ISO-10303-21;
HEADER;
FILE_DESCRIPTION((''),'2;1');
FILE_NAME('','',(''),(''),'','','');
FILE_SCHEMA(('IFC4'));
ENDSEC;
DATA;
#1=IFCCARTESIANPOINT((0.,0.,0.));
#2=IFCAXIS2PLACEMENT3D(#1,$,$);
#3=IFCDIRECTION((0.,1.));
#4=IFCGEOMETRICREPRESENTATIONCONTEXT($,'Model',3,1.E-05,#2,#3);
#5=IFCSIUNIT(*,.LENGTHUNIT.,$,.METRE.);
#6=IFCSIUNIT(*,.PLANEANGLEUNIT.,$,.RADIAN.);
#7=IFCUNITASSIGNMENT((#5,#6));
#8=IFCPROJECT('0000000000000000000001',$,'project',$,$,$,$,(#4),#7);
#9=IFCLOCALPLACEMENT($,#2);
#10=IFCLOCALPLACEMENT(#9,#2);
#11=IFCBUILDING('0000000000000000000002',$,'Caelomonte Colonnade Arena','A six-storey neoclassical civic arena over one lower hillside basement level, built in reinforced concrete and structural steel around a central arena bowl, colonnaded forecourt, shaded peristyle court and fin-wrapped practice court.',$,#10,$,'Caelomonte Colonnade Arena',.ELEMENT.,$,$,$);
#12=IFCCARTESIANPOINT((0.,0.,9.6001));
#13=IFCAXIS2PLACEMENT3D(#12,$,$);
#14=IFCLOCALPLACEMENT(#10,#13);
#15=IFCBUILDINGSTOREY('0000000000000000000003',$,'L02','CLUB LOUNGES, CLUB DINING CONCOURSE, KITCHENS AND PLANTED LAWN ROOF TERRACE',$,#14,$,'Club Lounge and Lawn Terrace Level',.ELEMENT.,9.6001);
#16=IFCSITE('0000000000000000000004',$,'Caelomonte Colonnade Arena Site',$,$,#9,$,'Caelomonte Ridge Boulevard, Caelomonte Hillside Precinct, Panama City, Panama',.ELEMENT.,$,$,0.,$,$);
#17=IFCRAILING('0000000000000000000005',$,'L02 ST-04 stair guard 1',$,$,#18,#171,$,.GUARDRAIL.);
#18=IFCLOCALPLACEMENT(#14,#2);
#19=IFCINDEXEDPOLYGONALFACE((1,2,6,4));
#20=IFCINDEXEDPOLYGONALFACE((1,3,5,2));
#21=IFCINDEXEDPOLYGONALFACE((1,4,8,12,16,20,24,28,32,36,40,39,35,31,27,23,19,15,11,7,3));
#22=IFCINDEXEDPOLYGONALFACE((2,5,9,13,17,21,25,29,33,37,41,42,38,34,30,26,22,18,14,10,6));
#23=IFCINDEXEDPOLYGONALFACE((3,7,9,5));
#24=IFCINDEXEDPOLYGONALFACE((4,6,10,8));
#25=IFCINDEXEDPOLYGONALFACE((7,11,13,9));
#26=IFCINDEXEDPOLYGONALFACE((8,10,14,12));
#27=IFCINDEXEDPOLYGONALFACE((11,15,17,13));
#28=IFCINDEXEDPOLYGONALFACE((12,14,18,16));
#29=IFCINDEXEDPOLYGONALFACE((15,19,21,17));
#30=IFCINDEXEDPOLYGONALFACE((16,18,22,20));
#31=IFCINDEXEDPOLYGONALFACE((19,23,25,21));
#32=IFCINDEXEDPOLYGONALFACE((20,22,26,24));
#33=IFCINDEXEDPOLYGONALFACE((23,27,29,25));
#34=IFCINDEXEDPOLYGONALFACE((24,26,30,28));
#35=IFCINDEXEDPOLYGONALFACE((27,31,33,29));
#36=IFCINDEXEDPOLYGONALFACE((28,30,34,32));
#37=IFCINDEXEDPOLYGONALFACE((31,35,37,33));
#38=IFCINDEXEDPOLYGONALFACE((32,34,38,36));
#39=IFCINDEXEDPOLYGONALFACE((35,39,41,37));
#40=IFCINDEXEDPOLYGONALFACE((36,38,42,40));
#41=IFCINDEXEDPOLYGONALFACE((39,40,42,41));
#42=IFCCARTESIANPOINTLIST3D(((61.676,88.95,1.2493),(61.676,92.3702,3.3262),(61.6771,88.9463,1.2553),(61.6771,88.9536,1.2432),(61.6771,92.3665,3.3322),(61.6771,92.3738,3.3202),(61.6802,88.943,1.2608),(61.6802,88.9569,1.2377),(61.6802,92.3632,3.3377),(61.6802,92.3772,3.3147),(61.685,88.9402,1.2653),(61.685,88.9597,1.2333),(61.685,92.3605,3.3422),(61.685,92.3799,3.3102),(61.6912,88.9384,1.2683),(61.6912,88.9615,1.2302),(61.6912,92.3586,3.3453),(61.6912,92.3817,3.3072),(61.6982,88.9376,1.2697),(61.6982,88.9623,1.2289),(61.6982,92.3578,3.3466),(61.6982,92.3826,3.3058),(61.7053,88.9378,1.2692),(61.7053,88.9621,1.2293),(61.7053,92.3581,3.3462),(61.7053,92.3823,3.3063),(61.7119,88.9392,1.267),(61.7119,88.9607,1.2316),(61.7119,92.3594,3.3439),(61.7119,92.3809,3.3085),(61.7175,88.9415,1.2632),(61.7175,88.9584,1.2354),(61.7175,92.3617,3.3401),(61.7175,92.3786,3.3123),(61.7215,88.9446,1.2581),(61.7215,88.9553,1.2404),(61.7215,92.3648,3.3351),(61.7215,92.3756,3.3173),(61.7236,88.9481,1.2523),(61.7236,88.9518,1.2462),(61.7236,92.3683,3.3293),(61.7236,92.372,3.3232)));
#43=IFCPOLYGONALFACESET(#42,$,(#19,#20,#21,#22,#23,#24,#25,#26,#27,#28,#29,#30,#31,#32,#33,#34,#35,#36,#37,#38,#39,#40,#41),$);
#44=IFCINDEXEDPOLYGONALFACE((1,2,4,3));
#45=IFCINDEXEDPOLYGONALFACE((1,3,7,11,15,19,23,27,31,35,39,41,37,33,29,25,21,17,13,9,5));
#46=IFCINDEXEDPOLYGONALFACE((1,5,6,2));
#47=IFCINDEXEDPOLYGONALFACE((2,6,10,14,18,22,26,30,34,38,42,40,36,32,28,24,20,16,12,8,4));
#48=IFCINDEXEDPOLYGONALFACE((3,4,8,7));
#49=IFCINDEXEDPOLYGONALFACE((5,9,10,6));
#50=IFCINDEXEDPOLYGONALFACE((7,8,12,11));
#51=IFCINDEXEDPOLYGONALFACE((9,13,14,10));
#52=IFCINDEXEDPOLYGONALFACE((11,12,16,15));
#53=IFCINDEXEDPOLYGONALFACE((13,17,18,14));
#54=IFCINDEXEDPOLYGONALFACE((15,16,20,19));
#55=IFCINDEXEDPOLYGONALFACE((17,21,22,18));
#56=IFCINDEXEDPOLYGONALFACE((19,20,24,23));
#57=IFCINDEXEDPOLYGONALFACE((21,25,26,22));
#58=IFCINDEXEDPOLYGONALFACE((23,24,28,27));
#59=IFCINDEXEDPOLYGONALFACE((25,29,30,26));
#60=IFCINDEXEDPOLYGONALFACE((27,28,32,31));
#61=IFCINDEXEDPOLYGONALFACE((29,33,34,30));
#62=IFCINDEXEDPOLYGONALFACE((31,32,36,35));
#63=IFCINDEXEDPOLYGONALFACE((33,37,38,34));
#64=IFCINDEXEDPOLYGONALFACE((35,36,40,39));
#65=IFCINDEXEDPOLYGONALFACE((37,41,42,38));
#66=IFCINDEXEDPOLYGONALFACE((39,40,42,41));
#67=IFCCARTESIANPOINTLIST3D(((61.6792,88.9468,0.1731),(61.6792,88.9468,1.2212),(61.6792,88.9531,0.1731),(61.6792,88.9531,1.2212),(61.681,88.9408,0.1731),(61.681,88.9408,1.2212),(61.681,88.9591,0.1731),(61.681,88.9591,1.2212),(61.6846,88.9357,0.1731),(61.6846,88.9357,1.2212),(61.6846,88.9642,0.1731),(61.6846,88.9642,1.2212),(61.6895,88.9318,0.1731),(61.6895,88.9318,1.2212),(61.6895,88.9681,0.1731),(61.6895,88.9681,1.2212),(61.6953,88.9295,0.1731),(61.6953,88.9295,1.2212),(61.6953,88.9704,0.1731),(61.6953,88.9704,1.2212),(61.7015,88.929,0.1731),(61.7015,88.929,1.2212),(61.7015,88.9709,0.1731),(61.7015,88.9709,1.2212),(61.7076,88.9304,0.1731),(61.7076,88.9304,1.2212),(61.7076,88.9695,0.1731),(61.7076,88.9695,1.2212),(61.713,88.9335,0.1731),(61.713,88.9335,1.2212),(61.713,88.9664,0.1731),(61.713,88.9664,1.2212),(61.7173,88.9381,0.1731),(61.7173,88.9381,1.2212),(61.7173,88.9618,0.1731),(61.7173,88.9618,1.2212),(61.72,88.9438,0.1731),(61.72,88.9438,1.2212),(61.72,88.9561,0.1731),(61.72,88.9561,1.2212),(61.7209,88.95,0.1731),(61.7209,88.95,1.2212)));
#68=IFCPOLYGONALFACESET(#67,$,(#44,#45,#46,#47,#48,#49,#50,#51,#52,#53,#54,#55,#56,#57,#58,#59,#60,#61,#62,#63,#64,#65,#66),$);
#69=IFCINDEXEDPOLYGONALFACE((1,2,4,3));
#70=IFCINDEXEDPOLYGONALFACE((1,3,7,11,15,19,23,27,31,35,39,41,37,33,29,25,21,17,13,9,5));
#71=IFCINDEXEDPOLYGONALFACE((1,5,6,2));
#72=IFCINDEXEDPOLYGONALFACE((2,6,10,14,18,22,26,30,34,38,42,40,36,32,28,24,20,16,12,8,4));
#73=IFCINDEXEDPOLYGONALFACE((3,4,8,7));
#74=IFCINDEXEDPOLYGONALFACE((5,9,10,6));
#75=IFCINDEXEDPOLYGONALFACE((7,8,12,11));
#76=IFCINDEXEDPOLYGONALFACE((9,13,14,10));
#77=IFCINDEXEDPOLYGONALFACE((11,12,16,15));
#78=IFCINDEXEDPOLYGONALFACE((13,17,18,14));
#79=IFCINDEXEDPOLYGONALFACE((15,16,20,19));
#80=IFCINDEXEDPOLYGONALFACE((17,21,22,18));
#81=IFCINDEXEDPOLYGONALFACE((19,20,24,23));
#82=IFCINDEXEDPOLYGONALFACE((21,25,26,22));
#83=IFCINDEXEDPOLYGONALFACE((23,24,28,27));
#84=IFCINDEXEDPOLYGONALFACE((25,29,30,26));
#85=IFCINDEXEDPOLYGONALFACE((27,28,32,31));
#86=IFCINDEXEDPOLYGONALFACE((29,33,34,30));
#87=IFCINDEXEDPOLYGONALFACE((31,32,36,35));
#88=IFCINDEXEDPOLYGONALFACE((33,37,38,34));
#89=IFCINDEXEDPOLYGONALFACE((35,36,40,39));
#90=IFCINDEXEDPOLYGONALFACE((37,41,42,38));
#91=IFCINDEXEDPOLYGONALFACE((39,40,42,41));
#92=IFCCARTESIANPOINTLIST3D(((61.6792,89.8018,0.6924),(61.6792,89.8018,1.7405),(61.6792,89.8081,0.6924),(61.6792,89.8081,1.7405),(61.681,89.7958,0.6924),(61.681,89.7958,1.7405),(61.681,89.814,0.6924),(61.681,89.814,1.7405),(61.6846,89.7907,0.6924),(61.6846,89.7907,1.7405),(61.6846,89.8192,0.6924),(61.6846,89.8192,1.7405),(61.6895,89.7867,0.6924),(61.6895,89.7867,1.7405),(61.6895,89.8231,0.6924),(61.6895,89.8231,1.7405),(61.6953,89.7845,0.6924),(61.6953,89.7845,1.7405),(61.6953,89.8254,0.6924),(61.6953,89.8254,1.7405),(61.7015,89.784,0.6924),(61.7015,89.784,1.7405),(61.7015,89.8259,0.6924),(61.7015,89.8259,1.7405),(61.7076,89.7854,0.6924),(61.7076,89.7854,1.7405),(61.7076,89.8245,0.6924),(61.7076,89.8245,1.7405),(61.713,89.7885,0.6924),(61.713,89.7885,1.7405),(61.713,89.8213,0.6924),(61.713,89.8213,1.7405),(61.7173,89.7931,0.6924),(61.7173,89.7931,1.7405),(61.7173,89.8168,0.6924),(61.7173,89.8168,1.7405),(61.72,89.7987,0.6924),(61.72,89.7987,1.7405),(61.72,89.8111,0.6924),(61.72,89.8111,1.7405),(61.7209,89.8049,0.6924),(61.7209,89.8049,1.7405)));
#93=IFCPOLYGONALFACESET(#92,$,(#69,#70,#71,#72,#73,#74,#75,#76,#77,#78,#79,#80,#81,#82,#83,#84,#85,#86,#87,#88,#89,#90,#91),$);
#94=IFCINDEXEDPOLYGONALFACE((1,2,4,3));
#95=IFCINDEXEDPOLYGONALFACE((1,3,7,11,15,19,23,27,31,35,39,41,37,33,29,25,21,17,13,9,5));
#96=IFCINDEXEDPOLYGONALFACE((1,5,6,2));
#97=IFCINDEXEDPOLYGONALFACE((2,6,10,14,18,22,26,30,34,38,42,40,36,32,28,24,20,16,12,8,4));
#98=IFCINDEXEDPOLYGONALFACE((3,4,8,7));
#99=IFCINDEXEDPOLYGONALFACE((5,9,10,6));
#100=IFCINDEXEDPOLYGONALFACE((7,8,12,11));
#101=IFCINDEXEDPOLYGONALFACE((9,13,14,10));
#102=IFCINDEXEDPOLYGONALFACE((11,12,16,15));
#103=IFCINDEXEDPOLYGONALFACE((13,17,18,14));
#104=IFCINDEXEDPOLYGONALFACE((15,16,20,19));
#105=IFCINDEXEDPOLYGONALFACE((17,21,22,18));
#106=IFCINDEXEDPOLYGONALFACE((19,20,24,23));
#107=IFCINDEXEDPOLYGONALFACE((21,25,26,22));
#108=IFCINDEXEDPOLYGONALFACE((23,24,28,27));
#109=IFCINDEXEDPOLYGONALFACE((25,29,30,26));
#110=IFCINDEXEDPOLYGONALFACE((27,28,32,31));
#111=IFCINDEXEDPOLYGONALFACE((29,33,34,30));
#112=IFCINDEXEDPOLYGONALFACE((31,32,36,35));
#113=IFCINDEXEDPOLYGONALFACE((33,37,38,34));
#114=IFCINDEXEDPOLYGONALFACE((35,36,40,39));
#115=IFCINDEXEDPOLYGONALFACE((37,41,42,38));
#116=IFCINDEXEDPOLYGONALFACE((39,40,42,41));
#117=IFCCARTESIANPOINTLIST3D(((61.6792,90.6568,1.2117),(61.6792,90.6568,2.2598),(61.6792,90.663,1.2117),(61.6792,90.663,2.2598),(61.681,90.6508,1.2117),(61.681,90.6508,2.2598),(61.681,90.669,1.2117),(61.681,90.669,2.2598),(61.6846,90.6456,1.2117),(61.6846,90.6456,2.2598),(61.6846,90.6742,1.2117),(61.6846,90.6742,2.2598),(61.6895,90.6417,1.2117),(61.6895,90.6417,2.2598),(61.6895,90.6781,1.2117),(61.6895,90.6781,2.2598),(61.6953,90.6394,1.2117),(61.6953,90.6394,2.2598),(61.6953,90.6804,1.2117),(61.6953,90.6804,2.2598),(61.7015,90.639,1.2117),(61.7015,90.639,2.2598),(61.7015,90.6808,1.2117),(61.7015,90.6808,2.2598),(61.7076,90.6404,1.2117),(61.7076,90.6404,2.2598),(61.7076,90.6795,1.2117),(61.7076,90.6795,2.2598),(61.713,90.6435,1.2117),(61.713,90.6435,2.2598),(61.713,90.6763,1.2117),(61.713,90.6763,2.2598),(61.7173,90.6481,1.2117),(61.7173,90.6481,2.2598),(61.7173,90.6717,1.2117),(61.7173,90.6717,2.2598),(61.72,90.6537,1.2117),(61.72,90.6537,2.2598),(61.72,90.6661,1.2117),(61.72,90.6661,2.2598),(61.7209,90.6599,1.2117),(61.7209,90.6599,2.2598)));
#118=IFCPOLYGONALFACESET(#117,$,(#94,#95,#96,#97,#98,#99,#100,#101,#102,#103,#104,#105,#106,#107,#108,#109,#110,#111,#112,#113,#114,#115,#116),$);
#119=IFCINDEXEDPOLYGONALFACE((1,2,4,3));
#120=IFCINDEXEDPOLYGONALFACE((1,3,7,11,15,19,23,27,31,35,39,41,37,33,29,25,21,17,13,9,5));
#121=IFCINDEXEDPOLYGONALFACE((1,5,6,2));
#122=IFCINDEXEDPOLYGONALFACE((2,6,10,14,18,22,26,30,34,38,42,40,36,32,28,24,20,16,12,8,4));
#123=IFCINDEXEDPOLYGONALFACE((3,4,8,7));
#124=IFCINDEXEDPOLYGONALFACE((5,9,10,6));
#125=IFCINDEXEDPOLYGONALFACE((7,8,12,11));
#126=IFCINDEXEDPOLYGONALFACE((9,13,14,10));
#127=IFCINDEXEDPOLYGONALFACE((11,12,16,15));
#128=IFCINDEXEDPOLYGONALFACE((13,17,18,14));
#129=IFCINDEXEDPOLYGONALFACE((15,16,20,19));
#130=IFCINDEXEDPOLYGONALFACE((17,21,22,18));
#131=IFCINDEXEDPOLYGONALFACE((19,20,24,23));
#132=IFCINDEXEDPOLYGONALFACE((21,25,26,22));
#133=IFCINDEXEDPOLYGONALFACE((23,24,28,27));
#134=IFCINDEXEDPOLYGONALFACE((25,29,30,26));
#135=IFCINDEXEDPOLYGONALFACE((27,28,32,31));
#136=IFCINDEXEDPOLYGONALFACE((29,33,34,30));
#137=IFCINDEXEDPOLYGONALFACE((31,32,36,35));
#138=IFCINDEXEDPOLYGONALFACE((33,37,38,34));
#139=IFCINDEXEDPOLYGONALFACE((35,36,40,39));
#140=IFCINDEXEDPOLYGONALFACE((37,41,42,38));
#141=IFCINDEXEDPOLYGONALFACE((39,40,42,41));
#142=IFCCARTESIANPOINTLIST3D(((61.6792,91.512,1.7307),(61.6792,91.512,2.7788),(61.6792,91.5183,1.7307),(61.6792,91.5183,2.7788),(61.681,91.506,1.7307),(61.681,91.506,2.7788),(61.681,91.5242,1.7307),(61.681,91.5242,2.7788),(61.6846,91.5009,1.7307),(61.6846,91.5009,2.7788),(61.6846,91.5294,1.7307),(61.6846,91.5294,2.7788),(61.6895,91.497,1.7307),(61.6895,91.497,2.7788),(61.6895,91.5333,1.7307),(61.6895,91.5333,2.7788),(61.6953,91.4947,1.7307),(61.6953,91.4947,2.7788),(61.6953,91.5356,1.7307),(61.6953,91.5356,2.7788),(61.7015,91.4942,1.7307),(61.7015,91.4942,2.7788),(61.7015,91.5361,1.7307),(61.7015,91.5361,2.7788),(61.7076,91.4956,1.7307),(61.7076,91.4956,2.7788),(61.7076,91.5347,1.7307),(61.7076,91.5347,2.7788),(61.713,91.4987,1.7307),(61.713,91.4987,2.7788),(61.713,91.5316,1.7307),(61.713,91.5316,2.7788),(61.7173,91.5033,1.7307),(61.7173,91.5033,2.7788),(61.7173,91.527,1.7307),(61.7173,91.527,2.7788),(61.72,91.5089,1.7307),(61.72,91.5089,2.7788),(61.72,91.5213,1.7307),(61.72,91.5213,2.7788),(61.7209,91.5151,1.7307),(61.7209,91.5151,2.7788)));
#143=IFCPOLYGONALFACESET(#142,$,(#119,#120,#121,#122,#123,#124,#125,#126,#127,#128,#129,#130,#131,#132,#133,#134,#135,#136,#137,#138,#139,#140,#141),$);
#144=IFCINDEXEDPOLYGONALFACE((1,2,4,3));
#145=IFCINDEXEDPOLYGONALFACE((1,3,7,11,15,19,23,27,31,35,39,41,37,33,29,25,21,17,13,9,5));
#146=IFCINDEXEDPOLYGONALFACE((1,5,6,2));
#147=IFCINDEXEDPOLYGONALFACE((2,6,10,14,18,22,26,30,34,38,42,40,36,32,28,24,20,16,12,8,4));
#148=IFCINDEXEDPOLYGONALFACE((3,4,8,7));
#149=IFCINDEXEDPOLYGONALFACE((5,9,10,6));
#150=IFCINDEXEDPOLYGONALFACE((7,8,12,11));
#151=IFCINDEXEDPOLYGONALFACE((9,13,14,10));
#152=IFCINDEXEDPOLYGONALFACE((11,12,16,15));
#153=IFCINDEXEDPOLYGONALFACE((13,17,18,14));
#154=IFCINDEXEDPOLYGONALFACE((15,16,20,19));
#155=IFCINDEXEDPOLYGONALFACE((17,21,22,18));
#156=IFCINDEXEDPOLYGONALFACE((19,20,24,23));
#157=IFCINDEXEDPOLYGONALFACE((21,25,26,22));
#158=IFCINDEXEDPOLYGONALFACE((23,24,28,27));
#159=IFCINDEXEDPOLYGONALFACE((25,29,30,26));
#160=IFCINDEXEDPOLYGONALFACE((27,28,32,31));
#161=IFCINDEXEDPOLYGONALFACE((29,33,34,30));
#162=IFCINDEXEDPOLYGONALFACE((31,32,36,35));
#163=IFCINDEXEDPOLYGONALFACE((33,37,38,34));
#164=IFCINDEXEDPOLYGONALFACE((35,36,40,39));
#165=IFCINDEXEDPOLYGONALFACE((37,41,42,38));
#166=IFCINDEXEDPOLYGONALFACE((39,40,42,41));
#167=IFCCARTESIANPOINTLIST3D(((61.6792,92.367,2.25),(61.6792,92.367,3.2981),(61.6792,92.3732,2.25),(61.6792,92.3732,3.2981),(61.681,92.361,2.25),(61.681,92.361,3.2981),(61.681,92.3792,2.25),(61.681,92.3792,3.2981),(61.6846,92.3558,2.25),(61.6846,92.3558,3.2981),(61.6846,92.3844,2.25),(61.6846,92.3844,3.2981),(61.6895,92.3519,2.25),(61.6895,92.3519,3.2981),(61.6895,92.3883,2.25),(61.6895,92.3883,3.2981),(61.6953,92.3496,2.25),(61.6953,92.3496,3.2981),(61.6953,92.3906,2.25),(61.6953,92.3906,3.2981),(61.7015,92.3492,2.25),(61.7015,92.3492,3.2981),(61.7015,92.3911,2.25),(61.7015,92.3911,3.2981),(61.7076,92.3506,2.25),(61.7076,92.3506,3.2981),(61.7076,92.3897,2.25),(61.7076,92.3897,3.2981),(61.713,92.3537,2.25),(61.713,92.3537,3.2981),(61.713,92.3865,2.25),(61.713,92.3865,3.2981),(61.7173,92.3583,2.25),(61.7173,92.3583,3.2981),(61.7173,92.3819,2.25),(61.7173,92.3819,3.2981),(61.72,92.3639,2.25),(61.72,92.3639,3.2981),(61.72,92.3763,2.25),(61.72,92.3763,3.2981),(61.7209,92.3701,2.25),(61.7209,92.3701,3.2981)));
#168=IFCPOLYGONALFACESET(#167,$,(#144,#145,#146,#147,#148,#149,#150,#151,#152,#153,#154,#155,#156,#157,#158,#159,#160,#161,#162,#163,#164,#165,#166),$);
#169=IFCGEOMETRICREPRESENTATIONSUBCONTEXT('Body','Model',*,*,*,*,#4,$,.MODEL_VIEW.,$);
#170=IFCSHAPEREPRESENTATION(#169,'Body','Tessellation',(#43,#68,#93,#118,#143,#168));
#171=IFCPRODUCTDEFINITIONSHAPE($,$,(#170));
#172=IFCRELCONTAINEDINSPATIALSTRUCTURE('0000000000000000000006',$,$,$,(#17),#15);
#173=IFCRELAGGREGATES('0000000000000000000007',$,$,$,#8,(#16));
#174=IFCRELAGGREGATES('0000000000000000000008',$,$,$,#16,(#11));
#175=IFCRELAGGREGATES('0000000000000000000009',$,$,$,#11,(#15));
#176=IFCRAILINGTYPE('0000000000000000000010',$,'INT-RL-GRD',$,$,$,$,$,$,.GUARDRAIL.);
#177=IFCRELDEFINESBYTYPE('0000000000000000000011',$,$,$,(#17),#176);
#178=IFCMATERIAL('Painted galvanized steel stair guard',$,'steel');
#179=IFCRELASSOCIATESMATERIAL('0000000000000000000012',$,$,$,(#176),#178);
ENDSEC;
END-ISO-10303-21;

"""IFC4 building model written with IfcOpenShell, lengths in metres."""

from ifc_helpers import new_model, si_unit, direction, frame, origin, origin_2d, place, context, subcontext, project, spatial, circle, extrude, material, type_object, element, save


model = new_model("IFC4")

# Units and contexts
model_context = context("Model", 3, precision=1e-05, world=origin(), true_north=direction((0.0, 1.0)))
body_context = subcontext(model_context, "Body", "Model", "MODEL_VIEW")
ifc_project = project(units=[si_unit("LENGTHUNIT", "METRE"), si_unit("PLANEANGLEUNIT", "RADIAN")], contexts=[model_context])

# Site, building, storey
site_placement = place(None, origin())
site = spatial("IfcSite", under=ifc_project, at=site_placement, Name="Caelomonte Colonnade Arena Site", LongName="Caelomonte Ridge Boulevard, Caelomonte Hillside Precinct, Panama City, Panama", CompositionType="ELEMENT", RefElevation=0.0)
building_placement = place(site_placement, origin())
building = spatial("IfcBuilding", under=site, at=building_placement, Name="Caelomonte Colonnade Arena", Description="A six-storey neoclassical civic arena over one lower hillside basement level, built in reinforced concrete and structural steel around a central arena bowl, colonnaded forecourt, shaded peristyle court and fin-wrapped practice court.", LongName="Caelomonte Colonnade Arena", CompositionType="ELEMENT")
storey_placement = place(building_placement, frame((0.0, 0.0, 9.6001)))
storey = spatial("IfcBuildingStorey", under=building, at=storey_placement, Name="L02", Description="CLUB LOUNGES, CLUB DINING CONCOURSE, KITCHENS AND PLANTED LAWN ROOF TERRACE", LongName="Club Lounge and Lawn Terrace Level", CompositionType="ELEMENT", Elevation=9.6001)

# Railing
ifc_material_1 = material(Name="Painted galvanized steel stair guard", Category="steel")
railing_type_1 = type_object("IfcRailingType", Name="INT-RL-GRD", PredefinedType="GUARDRAIL", material=ifc_material_1)
railing_1_placement = place(storey_placement, frame((61.7, 88.95, 0.1731)))
element("IfcRailing", 1, at=railing_1_placement, inside=storey, type_object=railing_type_1, Name="L02 ST-04 stair guard 1", PredefinedType="GUARDRAIL", context=body_context, shape_type="SweptSolid", body=[
    extrude(circle(Radius=0.0239, at=origin_2d()), frame((0.0, 0.0, 1.0762), z_axis=(0.0, 0.854746, 0.519047), x_axis=(-1.0, 0.0, 0.0)), (0.0, 0.0, 1.0), 4.0015),
    extrude(circle(Radius=0.021, at=origin_2d()), origin(), (0.0, 0.0, 1.0), 1.0481),
    extrude(circle(Radius=0.021, at=origin_2d()), frame((0.0, 0.855, 0.5193)), (0.0, 0.0, 1.0), 1.0481),
    extrude(circle(Radius=0.021, at=origin_2d()), frame((0.0, 1.71, 1.0386)), (0.0, 0.0, 1.0), 1.0481),
    extrude(circle(Radius=0.021, at=origin_2d()), frame((0.0, 2.5652, 1.5576)), (0.0, 0.0, 1.0), 1.0481),
    extrude(circle(Radius=0.021, at=origin_2d()), frame((0.0, 3.4202, 2.0769)), (0.0, 0.0, 1.0), 1.0481),
])

save(model, "model.ifc")
